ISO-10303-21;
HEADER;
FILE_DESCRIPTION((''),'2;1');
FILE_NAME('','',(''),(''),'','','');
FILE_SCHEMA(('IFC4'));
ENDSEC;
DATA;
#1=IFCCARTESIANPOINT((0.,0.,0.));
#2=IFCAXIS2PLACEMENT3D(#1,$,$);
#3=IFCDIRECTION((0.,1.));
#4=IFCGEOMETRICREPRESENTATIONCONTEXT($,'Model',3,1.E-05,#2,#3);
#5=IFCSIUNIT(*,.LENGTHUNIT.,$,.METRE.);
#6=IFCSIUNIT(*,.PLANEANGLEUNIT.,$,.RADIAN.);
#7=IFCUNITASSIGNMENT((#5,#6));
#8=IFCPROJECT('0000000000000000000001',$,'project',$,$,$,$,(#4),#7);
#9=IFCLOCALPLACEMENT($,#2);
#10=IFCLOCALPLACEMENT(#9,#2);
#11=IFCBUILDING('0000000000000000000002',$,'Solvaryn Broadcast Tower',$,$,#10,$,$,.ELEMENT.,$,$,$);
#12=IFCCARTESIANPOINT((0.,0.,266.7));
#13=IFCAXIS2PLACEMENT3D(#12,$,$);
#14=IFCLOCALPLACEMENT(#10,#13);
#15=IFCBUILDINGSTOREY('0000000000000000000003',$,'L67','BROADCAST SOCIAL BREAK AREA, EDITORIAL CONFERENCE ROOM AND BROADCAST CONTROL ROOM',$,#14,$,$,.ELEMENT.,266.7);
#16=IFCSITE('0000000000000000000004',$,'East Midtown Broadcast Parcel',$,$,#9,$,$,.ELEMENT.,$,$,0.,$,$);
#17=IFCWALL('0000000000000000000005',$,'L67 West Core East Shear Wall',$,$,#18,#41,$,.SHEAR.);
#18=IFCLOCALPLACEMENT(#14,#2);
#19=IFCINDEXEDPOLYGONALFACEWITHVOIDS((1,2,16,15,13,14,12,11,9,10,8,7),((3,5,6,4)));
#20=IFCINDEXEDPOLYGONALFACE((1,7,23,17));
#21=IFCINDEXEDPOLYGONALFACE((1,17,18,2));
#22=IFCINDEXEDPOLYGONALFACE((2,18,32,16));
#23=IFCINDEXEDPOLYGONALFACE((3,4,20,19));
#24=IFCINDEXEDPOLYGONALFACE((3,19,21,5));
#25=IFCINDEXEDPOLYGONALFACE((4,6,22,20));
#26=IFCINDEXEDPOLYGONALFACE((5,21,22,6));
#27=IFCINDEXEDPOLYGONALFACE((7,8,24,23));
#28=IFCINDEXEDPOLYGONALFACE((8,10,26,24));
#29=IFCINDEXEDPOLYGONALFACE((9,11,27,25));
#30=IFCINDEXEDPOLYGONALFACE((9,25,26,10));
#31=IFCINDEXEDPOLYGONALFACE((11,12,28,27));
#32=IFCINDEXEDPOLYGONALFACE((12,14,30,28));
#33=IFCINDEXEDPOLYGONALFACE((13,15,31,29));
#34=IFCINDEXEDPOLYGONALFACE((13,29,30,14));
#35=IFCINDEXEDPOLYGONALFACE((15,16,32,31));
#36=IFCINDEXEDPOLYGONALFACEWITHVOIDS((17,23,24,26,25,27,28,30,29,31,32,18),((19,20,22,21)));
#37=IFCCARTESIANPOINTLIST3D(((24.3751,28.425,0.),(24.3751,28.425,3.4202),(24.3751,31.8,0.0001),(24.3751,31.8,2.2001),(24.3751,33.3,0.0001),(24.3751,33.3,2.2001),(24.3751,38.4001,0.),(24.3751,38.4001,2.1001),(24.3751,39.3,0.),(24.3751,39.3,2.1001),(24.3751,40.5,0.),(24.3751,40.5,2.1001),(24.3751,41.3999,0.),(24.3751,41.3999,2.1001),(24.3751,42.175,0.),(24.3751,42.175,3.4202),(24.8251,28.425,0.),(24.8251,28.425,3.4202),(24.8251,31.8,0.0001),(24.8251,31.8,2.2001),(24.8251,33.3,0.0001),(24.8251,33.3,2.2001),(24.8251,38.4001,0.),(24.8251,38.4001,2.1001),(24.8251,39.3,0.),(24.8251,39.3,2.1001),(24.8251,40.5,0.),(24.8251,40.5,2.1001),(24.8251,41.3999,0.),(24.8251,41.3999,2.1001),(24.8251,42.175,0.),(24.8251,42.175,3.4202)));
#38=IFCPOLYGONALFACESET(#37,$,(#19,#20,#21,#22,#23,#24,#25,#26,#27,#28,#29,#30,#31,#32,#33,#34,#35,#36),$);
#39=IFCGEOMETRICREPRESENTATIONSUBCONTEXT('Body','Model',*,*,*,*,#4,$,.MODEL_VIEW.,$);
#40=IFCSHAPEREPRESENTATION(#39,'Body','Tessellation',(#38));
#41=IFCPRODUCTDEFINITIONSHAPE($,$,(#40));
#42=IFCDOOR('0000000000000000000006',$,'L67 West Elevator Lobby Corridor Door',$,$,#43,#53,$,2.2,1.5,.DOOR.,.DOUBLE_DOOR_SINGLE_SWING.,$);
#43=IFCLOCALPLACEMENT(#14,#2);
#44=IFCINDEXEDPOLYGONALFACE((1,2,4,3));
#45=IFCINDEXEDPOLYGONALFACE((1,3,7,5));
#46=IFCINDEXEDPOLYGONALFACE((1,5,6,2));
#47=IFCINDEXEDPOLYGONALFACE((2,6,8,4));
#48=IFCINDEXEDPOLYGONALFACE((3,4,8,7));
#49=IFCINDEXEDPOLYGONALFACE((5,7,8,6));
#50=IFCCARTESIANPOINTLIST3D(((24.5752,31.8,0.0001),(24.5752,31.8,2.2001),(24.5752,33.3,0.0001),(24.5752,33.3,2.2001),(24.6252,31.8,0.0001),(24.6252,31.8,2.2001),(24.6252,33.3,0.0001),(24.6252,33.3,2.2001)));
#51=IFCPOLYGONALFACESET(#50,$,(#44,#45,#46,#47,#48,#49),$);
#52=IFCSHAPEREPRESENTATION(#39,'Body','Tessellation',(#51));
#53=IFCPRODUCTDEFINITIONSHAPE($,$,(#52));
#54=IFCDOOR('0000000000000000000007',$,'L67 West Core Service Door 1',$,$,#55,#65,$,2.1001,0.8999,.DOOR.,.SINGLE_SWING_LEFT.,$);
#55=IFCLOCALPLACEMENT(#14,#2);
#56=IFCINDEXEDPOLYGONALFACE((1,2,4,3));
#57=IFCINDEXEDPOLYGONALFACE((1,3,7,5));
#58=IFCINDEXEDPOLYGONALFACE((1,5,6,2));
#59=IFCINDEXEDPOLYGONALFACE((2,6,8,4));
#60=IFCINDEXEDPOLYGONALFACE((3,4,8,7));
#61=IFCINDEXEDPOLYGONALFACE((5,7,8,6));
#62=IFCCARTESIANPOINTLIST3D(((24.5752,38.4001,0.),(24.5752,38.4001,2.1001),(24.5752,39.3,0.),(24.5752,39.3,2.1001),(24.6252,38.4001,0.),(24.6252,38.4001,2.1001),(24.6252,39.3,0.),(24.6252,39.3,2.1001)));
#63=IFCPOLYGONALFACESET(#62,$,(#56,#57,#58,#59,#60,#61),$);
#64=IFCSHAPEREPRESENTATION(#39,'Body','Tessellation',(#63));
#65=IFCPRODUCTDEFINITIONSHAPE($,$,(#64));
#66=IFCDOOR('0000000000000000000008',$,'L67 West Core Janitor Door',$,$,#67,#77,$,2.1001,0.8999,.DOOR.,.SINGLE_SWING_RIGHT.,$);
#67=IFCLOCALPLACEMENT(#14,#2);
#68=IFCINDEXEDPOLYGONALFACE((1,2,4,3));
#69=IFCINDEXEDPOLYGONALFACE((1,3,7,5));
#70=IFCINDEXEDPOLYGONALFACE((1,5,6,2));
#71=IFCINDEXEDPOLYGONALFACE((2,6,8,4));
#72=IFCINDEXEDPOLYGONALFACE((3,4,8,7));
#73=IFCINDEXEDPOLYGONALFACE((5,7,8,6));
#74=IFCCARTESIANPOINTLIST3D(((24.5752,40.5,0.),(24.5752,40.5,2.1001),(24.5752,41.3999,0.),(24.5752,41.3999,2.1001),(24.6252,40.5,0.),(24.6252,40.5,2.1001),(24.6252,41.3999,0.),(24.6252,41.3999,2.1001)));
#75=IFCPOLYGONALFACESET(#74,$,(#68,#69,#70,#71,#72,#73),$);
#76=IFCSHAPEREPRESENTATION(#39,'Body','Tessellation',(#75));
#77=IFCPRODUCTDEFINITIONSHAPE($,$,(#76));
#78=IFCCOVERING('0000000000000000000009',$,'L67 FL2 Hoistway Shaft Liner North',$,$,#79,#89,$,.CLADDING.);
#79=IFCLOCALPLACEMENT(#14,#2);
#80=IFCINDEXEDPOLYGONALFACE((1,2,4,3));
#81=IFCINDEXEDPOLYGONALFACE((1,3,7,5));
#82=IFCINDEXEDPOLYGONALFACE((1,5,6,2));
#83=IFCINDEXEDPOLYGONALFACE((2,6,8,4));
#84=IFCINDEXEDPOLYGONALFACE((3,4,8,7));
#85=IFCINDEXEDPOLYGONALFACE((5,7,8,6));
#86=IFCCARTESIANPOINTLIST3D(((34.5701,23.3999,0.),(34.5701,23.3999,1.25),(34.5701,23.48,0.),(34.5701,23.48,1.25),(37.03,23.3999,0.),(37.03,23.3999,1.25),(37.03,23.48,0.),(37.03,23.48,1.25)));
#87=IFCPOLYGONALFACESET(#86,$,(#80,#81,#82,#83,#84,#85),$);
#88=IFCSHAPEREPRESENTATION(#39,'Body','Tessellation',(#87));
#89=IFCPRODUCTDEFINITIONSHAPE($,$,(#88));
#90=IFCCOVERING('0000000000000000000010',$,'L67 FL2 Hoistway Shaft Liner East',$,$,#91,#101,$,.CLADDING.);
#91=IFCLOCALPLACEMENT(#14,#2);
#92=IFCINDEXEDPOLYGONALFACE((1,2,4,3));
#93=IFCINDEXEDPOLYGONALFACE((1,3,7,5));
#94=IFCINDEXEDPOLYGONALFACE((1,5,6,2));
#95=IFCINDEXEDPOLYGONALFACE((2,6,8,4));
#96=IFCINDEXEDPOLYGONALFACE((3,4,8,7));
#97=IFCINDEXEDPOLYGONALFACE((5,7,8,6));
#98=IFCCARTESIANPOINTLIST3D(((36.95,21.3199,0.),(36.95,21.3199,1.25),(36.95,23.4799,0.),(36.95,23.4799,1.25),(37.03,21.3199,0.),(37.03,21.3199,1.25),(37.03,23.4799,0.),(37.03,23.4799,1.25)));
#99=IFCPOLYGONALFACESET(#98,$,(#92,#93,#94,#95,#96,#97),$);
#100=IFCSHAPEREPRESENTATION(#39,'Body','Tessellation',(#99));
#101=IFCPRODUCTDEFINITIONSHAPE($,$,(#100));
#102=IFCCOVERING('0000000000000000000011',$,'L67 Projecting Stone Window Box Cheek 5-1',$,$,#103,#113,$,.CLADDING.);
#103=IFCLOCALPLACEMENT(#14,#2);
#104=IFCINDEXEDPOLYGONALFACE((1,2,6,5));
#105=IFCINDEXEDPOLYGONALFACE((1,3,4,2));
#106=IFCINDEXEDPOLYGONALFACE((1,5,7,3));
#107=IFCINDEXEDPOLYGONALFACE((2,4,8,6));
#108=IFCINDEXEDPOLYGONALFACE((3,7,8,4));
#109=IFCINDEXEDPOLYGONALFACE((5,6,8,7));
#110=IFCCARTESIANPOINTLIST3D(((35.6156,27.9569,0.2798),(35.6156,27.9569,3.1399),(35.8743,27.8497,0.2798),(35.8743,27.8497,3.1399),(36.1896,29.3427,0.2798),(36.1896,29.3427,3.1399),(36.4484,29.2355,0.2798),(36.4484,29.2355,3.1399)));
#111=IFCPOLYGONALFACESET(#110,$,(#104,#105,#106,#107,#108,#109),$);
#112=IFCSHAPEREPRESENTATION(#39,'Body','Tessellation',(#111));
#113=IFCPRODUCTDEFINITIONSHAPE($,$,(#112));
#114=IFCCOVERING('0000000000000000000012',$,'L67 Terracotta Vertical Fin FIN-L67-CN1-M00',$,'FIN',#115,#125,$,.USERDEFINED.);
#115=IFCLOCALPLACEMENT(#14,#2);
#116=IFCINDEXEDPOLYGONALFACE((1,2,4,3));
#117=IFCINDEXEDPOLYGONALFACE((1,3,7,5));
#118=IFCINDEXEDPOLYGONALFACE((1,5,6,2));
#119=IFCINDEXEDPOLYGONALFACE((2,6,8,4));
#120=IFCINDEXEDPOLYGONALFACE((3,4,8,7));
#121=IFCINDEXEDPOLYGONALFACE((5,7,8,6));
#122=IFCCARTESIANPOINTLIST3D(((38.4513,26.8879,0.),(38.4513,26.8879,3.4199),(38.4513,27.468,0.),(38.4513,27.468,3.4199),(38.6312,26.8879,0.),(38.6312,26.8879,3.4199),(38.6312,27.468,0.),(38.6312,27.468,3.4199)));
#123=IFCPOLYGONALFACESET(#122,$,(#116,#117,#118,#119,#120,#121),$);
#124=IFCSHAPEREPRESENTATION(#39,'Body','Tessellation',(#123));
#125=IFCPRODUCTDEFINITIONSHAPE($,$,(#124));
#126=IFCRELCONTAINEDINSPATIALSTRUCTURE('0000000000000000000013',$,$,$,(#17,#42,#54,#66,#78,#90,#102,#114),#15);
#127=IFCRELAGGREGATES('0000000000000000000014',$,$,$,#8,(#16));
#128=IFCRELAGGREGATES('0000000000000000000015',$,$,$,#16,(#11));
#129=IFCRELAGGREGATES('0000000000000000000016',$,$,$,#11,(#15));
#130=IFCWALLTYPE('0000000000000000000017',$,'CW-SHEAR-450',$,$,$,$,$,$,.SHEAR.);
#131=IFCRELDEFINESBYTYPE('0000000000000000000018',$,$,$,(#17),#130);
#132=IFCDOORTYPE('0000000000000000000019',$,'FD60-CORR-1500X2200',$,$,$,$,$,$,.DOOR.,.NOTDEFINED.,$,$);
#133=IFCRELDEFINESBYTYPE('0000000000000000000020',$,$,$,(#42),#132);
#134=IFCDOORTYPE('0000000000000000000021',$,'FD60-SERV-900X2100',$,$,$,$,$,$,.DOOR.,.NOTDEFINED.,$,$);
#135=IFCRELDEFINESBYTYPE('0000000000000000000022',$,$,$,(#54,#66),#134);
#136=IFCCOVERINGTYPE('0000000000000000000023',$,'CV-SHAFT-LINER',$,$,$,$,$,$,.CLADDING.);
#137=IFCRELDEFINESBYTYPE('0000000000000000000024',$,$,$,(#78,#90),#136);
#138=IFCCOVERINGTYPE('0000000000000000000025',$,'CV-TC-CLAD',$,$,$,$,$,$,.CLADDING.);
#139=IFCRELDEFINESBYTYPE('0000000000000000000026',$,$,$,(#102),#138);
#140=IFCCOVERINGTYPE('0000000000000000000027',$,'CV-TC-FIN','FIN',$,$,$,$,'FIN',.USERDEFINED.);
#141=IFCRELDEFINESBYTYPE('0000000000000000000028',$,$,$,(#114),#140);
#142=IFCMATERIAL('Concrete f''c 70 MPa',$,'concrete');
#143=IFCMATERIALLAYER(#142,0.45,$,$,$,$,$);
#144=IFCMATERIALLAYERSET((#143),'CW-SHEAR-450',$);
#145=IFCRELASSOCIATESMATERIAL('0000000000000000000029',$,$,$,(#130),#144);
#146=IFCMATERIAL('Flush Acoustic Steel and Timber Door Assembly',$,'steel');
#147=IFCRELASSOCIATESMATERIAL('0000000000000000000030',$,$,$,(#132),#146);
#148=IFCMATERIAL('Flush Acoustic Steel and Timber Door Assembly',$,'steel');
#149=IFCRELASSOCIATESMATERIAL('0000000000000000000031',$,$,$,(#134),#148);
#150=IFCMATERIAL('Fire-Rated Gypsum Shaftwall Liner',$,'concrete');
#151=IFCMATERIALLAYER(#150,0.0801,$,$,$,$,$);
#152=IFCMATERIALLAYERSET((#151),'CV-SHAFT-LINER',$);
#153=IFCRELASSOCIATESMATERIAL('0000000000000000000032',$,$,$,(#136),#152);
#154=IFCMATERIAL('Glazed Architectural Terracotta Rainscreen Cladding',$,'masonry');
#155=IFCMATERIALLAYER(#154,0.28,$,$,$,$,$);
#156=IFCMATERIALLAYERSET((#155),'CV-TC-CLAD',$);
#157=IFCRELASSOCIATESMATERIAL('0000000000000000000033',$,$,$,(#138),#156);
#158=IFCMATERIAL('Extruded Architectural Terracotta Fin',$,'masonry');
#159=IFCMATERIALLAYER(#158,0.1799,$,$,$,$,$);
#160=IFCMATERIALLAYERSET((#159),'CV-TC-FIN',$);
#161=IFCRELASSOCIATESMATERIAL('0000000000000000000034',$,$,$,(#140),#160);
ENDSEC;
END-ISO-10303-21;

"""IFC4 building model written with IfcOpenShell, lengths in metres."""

from ifc_helpers import new_model, si_unit, direction, frame, frame_2d, origin, origin_2d, place, context, subcontext, project, spatial, rectangle, extrude, material, layer, layer_set, type_object, element, fill, save


model = new_model("IFC4")

# Units and contexts
model_context = context("Model", 3, precision=1e-05, world=origin(), true_north=direction((0.0, 1.0)))
body_context = subcontext(model_context, "Body", "Model", "MODEL_VIEW")
ifc_project = project(units=[si_unit("LENGTHUNIT", "METRE"), si_unit("PLANEANGLEUNIT", "RADIAN")], contexts=[model_context])

# Site, building, storey
site_placement = place(None, origin())
site = spatial("IfcSite", under=ifc_project, at=site_placement, Name="East Midtown Broadcast Parcel", CompositionType="ELEMENT", RefElevation=0.0)
building_placement = place(site_placement, origin())
building = spatial("IfcBuilding", under=site, at=building_placement, Name="Solvaryn Broadcast Tower", CompositionType="ELEMENT")
storey_placement = place(building_placement, frame((0.0, 0.0, 266.7)))
storey = spatial("IfcBuildingStorey", under=building, at=storey_placement, Name="L67", Description="BROADCAST SOCIAL BREAK AREA, EDITORIAL CONFERENCE ROOM AND BROADCAST CONTROL ROOM", CompositionType="ELEMENT", Elevation=266.7)

# Wall, openings, doors
ifc_material_1 = material(Name="Concrete f'c 70 MPa", Category="concrete")
ifc_layer_1 = layer(ifc_material_1, 0.45)
ifc_layer_set_1 = layer_set([ifc_layer_1], Name="CW-SHEAR-450")
wall_type = type_object("IfcWallType", Name="CW-SHEAR-450", PredefinedType="SHEAR", material=ifc_layer_set_1)
wall_1_placement = place(storey_placement, frame((24.6001, 28.425, 0.0), z_axis=(0.0, 0.0, 1.0), x_axis=(0.0, 1.0, 0.0)))
wall_1 = element("IfcWall", 1, at=wall_1_placement, inside=storey, type_object=wall_type, Name="L67 West Core East Shear Wall", PredefinedType="SHEAR", context=body_context, shape_type="SweptSolid", body=[
    extrude(rectangle(XDim=13.75, YDim=0.45, at=frame_2d((6.875, 0.0))), origin(), (0.0, 0.0, 1.0), 3.4202),
])
opening_1_placement = place(wall_1_placement, frame((3.375, 0.0, 0.0)))
opening_1 = element("IfcOpeningElement", 2, at=opening_1_placement, cuts=wall_1, PredefinedType="OPENING", context=body_context, shape_type="SweptSolid", body=[
    extrude(rectangle(XDim=1.5, YDim=2.2, at=frame_2d((0.75, 1.1001))), frame((0.0, 0.2351, 0.0), z_axis=(0.0, -1.0, 0.0), x_axis=(1.0, 0.0, 0.0)), (0.0, 0.0, 1.0), 0.47),
])
opening_2_placement = place(wall_1_placement, frame((9.9751, 0.0, 0.0)))
opening_2 = element("IfcOpeningElement", 3, at=opening_2_placement, cuts=wall_1, PredefinedType="OPENING", context=body_context, shape_type="SweptSolid", body=[
    extrude(rectangle(XDim=0.8999, YDim=2.1001, at=frame_2d((0.45, 1.05))), frame((0.0, 0.2351, 0.0), z_axis=(0.0, -1.0, 0.0), x_axis=(1.0, 0.0, 0.0)), (0.0, 0.0, 1.0), 0.47),
])
opening_3_placement = place(wall_1_placement, frame((12.075, 0.0, 0.0)))
opening_3 = element("IfcOpeningElement", 4, at=opening_3_placement, cuts=wall_1, PredefinedType="OPENING", context=body_context, shape_type="SweptSolid", body=[
    extrude(rectangle(XDim=0.8999, YDim=2.1001, at=frame_2d((0.45, 1.05))), frame((0.0, 0.2351, 0.0), z_axis=(0.0, -1.0, 0.0), x_axis=(1.0, 0.0, 0.0)), (0.0, 0.0, 1.0), 0.47),
])
ifc_material_2 = material(Name="Flush Acoustic Steel and Timber Door Assembly", Category="steel")
door_type_1 = type_object("IfcDoorType", Name="FD60-CORR-1500X2200", OperationType="NOTDEFINED", PredefinedType="DOOR", material=ifc_material_2)
door_1_placement = place(opening_1_placement, origin())
door_1 = element("IfcDoor", 5, at=door_1_placement, inside=storey, type_object=door_type_1, Name="L67 West Elevator Lobby Corridor Door", OperationType="DOUBLE_DOOR_SINGLE_SWING", OverallHeight=2.2, OverallWidth=1.5, PredefinedType="DOOR", context=body_context, shape_type="SweptSolid", body=[
    extrude(rectangle(XDim=1.5, YDim=2.2, at=frame_2d((0.75, 1.1001))), frame((0.0, 0.0249, 0.0), z_axis=(0.0, -1.0, 0.0), x_axis=(1.0, 0.0, 0.0)), (0.0, 0.0, 1.0), 0.05),
])
fill(opening_1, door_1)
ifc_material_3 = material(Name="Flush Acoustic Steel and Timber Door Assembly", Category="steel")
door_type_2 = type_object("IfcDoorType", Name="FD60-SERV-900X2100", OperationType="NOTDEFINED", PredefinedType="DOOR", material=ifc_material_3)
door_2_placement = place(opening_2_placement, origin())
door_2 = element("IfcDoor", 6, at=door_2_placement, inside=storey, type_object=door_type_2, Name="L67 West Core Service Door 1", OperationType="SINGLE_SWING_LEFT", OverallHeight=2.1001, OverallWidth=0.8999, PredefinedType="DOOR", context=body_context, shape_type="SweptSolid", body=[
    extrude(rectangle(XDim=0.8999, YDim=2.1001, at=frame_2d((0.45, 1.05))), frame((0.0, 0.0249, 0.0), z_axis=(0.0, -1.0, 0.0), x_axis=(1.0, 0.0, 0.0)), (0.0, 0.0, 1.0), 0.05),
])
fill(opening_2, door_2)
door_3_placement = place(opening_3_placement, origin())
door_3 = element("IfcDoor", 7, at=door_3_placement, inside=storey, type_object=door_type_2, Name="L67 West Core Janitor Door", OperationType="SINGLE_SWING_RIGHT", OverallHeight=2.1001, OverallWidth=0.8999, PredefinedType="DOOR", context=body_context, shape_type="SweptSolid", body=[
    extrude(rectangle(XDim=0.8999, YDim=2.1001, at=frame_2d((0.45, 1.05))), frame((0.0, 0.0249, 0.0), z_axis=(0.0, -1.0, 0.0), x_axis=(1.0, 0.0, 0.0)), (0.0, 0.0, 1.0), 0.05),
])
fill(opening_3, door_3)

# Coverings
ifc_material_4 = material(Name="Fire-Rated Gypsum Shaftwall Liner", Category="concrete")
ifc_layer_2 = layer(ifc_material_4, 0.0801)
ifc_layer_set_2 = layer_set([ifc_layer_2], Name="CV-SHAFT-LINER")
covering_type_1 = type_object("IfcCoveringType", Name="CV-SHAFT-LINER", PredefinedType="CLADDING", material=ifc_layer_set_2)
covering_1_placement = place(storey_placement, frame((35.8, 23.4399, 0.0), z_axis=(0.0, 0.0, 1.0), x_axis=(1.0, 0.0, 0.0)))
element("IfcCovering", 8, at=covering_1_placement, inside=storey, type_object=covering_type_1, Name="L67 FL2 Hoistway Shaft Liner North", PredefinedType="CLADDING", context=body_context, shape_type="SweptSolid", body=[
    extrude(rectangle(XDim=2.46, YDim=0.0801, at=origin_2d()), origin(), (0.0, 0.0, 1.0), 1.25),
])
covering_2_placement = place(storey_placement, frame((36.99, 22.3999, 0.0), z_axis=(0.0, 0.0, 1.0), x_axis=(1.0, 0.0, 0.0)))
element("IfcCovering", 9, at=covering_2_placement, inside=storey, type_object=covering_type_1, Name="L67 FL2 Hoistway Shaft Liner East", PredefinedType="CLADDING", context=body_context, shape_type="SweptSolid", body=[
    extrude(rectangle(XDim=0.0801, YDim=2.1599, at=origin_2d()), origin(), (0.0, 0.0, 1.0), 1.25),
])
ifc_material_5 = material(Name="Glazed Architectural Terracotta Rainscreen Cladding", Category="masonry")
ifc_layer_3 = layer(ifc_material_5, 0.28)
ifc_layer_set_3 = layer_set([ifc_layer_3], Name="CV-TC-CLAD")
covering_type_2 = type_object("IfcCoveringType", Name="CV-TC-CLAD", PredefinedType="CLADDING", material=ifc_layer_set_3)
covering_3_placement = place(storey_placement, frame((36.032, 28.5962, 0.2798), z_axis=(0.0, 0.0, 1.0), x_axis=(-0.92388, 0.382683, 0.0)))
element("IfcCovering", 10, at=covering_3_placement, inside=storey, type_object=covering_type_2, Name="L67 Projecting Stone Window Box Cheek 5-1", PredefinedType="CLADDING", context=body_context, shape_type="SweptSolid", body=[
    extrude(rectangle(XDim=0.28, YDim=1.5, at=origin_2d()), origin(), (0.0, 0.0, 1.0), 2.8601),
])
ifc_material_6 = material(Name="Extruded Architectural Terracotta Fin", Category="masonry")
ifc_layer_4 = layer(ifc_material_6, 0.1799)
ifc_layer_set_4 = layer_set([ifc_layer_4], Name="CV-TC-FIN")
covering_type_3 = type_object("IfcCoveringType", Name="CV-TC-FIN", Description="FIN", ElementType="FIN", PredefinedType="USERDEFINED", material=ifc_layer_set_4)
covering_4_placement = place(storey_placement, frame((38.5413, 27.178, 0.0), z_axis=(0.0, 0.0, 1.0), x_axis=(1.0, 0.0, 0.0)))
element("IfcCovering", 11, at=covering_4_placement, inside=storey, type_object=covering_type_3, Name="L67 Terracotta Vertical Fin FIN-L67-CN1-M00", ObjectType="FIN", PredefinedType="USERDEFINED", context=body_context, shape_type="SweptSolid", body=[
    extrude(rectangle(XDim=0.1799, YDim=0.5801, at=origin_2d()), origin(), (0.0, 0.0, 1.0), 3.4199),
])

save(model, "model.ifc")
